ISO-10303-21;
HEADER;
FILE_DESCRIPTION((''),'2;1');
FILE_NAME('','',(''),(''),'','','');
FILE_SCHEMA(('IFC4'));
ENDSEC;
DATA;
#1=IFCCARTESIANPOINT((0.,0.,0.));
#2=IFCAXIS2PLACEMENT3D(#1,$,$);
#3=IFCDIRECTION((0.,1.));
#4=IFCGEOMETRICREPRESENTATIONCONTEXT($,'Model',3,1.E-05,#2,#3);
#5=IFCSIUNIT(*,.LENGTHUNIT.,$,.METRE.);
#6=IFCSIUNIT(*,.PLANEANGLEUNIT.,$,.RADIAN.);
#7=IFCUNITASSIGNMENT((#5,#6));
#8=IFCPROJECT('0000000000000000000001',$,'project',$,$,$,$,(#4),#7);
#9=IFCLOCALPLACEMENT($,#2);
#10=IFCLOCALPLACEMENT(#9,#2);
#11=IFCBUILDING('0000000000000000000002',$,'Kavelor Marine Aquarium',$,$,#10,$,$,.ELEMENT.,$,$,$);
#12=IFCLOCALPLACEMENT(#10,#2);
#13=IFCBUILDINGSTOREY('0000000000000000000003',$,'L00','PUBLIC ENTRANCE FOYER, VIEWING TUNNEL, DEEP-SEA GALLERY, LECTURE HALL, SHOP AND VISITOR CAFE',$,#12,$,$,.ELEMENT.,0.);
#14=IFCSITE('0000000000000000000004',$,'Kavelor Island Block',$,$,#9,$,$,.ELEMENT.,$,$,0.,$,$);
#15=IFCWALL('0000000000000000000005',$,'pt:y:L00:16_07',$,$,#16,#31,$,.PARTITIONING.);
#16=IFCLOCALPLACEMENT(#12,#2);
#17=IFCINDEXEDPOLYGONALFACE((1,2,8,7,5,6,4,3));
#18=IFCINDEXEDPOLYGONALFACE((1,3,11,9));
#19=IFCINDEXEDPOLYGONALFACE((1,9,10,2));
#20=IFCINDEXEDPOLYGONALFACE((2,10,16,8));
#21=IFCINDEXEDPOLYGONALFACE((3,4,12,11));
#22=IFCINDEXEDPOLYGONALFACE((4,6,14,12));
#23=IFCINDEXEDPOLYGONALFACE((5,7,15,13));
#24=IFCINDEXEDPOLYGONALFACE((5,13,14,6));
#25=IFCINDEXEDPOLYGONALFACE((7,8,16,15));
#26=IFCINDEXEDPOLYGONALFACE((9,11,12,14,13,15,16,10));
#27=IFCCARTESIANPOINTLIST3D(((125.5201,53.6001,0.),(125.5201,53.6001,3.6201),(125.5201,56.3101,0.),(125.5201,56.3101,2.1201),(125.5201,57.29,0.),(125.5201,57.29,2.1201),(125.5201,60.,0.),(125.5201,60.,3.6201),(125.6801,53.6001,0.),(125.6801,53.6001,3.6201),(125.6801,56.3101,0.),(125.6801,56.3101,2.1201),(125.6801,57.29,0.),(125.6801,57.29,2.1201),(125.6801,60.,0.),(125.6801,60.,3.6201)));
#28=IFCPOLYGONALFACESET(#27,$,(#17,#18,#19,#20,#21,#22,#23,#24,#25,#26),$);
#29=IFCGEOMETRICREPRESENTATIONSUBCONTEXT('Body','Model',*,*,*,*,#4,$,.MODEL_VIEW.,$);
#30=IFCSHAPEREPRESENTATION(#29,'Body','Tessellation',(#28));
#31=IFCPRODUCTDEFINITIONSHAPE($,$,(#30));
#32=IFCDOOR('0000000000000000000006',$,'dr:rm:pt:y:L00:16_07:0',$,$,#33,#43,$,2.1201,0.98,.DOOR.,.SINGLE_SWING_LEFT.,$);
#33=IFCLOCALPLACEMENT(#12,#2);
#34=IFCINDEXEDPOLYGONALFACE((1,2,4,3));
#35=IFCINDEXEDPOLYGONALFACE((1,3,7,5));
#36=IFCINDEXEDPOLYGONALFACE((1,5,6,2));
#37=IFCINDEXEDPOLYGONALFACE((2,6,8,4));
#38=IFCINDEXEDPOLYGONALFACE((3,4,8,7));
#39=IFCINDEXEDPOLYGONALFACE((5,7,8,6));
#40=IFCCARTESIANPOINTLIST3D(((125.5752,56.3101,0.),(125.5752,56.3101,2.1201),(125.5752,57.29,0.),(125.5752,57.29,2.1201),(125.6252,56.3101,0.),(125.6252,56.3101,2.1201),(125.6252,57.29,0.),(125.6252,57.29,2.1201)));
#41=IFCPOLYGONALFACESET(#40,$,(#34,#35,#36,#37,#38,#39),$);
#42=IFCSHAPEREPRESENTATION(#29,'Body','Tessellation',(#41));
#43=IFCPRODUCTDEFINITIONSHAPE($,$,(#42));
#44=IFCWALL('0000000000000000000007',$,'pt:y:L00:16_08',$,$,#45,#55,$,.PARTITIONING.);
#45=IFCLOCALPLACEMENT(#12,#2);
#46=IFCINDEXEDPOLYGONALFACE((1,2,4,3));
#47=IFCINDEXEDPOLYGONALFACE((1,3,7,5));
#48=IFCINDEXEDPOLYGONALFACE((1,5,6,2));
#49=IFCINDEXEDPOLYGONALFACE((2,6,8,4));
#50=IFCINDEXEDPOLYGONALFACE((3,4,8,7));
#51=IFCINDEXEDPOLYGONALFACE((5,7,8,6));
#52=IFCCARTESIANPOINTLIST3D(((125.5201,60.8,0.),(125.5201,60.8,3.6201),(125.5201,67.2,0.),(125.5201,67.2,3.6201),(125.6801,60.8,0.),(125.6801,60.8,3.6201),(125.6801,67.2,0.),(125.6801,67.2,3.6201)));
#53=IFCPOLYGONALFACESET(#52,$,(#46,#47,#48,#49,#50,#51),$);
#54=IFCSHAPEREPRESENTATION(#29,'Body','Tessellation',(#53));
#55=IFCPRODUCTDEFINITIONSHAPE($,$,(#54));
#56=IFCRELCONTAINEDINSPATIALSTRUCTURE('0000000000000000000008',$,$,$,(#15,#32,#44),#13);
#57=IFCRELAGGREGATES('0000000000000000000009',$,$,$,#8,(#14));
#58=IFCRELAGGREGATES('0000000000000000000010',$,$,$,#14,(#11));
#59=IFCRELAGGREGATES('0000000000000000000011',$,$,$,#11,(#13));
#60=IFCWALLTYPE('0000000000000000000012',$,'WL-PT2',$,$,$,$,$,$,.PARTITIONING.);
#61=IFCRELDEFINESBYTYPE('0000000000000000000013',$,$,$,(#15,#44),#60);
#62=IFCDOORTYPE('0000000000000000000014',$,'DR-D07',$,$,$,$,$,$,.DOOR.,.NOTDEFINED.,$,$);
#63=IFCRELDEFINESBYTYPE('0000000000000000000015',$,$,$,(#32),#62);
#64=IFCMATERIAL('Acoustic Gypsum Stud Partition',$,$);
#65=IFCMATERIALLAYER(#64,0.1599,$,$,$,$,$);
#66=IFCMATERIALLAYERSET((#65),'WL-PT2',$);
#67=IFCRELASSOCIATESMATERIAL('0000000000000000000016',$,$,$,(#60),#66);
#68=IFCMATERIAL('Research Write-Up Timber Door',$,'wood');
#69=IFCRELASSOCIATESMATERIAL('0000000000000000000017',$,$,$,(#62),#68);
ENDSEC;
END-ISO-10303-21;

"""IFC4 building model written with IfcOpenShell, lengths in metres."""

from ifc_helpers import new_model, si_unit, direction, frame, frame_2d, origin, place, context, subcontext, project, spatial, rectangle, extrude, material, layer, layer_set, type_object, element, fill, save


model = new_model("IFC4")

# Units and contexts
model_context = context("Model", 3, precision=1e-05, world=origin(), true_north=direction((0.0, 1.0)))
body_context = subcontext(model_context, "Body", "Model", "MODEL_VIEW")
ifc_project = project(units=[si_unit("LENGTHUNIT", "METRE"), si_unit("PLANEANGLEUNIT", "RADIAN")], contexts=[model_context])

# Site, building, storey
site_placement = place(None, origin())
site = spatial("IfcSite", under=ifc_project, at=site_placement, Name="Kavelor Island Block", CompositionType="ELEMENT", RefElevation=0.0)
building_placement = place(site_placement, origin())
building = spatial("IfcBuilding", under=site, at=building_placement, Name="Kavelor Marine Aquarium", CompositionType="ELEMENT")
storey_placement = place(building_placement, origin())
storey = spatial("IfcBuildingStorey", under=building, at=storey_placement, Name="L00", Description="PUBLIC ENTRANCE FOYER, VIEWING TUNNEL, DEEP-SEA GALLERY, LECTURE HALL, SHOP AND VISITOR CAFE", CompositionType="ELEMENT", Elevation=0.0)

# Wall, opening, door
ifc_material_1 = material(Name="Acoustic Gypsum Stud Partition")
ifc_layer_1 = layer(ifc_material_1, 0.1599)
ifc_layer_set_1 = layer_set([ifc_layer_1], Name="WL-PT2")
wall_type_1 = type_object("IfcWallType", Name="WL-PT2", PredefinedType="PARTITIONING", material=ifc_layer_set_1)
wall_1_placement = place(storey_placement, frame((125.6001, 53.6001, 0.0), z_axis=(0.0, 0.0, 1.0), x_axis=(0.0, 1.0, 0.0)))
wall_1 = element("IfcWall", 1, at=wall_1_placement, inside=storey, type_object=wall_type_1, Name="pt:y:L00:16_07", PredefinedType="PARTITIONING", context=body_context, shape_type="SweptSolid", body=[
    extrude(rectangle(XDim=6.3999, YDim=0.1599, at=frame_2d((3.2, 0.0))), origin(), (0.0, 0.0, 1.0), 3.6201),
])
opening_1_placement = place(wall_1_placement, frame((2.71, 0.0, 0.0)))
opening_1 = element("IfcOpeningElement", 2, at=opening_1_placement, cuts=wall_1, PredefinedType="OPENING", context=body_context, shape_type="SweptSolid", body=[
    extrude(rectangle(XDim=0.98, YDim=2.1201, at=frame_2d((0.49, 1.0601))), frame((0.0, 0.0898, 0.0), z_axis=(0.0, -1.0, 0.0), x_axis=(1.0, 0.0, 0.0)), (0.0, 0.0, 1.0), 0.1799),
])
ifc_material_2 = material(Name="Research Write-Up Timber Door", Category="wood")
door_type = type_object("IfcDoorType", Name="DR-D07", OperationType="NOTDEFINED", PredefinedType="DOOR", material=ifc_material_2)
door_placement = place(opening_1_placement, origin())
door = element("IfcDoor", 3, at=door_placement, inside=storey, type_object=door_type, Name="dr:rm:pt:y:L00:16_07:0", OperationType="SINGLE_SWING_LEFT", OverallHeight=2.1201, OverallWidth=0.98, PredefinedType="DOOR", context=body_context, shape_type="SweptSolid", body=[
    extrude(rectangle(XDim=0.98, YDim=2.1201, at=frame_2d((0.49, 1.0601))), frame((0.0, 0.0249, 0.0), z_axis=(0.0, -1.0, 0.0), x_axis=(1.0, 0.0, 0.0)), (0.0, 0.0, 1.0), 0.05),
])
fill(opening_1, door)

# Wall
wall_2_placement = place(storey_placement, frame((125.6001, 60.8, 0.0), z_axis=(0.0, 0.0, 1.0), x_axis=(0.0, 1.0, 0.0)))
element("IfcWall", 4, at=wall_2_placement, inside=storey, type_object=wall_type_1, Name="pt:y:L00:16_08", PredefinedType="PARTITIONING", context=body_context, shape_type="SweptSolid", body=[
    extrude(rectangle(XDim=6.3999, YDim=0.1599, at=frame_2d((3.2, 0.0))), origin(), (0.0, 0.0, 1.0), 3.6201),
])

save(model, "model.ifc")
